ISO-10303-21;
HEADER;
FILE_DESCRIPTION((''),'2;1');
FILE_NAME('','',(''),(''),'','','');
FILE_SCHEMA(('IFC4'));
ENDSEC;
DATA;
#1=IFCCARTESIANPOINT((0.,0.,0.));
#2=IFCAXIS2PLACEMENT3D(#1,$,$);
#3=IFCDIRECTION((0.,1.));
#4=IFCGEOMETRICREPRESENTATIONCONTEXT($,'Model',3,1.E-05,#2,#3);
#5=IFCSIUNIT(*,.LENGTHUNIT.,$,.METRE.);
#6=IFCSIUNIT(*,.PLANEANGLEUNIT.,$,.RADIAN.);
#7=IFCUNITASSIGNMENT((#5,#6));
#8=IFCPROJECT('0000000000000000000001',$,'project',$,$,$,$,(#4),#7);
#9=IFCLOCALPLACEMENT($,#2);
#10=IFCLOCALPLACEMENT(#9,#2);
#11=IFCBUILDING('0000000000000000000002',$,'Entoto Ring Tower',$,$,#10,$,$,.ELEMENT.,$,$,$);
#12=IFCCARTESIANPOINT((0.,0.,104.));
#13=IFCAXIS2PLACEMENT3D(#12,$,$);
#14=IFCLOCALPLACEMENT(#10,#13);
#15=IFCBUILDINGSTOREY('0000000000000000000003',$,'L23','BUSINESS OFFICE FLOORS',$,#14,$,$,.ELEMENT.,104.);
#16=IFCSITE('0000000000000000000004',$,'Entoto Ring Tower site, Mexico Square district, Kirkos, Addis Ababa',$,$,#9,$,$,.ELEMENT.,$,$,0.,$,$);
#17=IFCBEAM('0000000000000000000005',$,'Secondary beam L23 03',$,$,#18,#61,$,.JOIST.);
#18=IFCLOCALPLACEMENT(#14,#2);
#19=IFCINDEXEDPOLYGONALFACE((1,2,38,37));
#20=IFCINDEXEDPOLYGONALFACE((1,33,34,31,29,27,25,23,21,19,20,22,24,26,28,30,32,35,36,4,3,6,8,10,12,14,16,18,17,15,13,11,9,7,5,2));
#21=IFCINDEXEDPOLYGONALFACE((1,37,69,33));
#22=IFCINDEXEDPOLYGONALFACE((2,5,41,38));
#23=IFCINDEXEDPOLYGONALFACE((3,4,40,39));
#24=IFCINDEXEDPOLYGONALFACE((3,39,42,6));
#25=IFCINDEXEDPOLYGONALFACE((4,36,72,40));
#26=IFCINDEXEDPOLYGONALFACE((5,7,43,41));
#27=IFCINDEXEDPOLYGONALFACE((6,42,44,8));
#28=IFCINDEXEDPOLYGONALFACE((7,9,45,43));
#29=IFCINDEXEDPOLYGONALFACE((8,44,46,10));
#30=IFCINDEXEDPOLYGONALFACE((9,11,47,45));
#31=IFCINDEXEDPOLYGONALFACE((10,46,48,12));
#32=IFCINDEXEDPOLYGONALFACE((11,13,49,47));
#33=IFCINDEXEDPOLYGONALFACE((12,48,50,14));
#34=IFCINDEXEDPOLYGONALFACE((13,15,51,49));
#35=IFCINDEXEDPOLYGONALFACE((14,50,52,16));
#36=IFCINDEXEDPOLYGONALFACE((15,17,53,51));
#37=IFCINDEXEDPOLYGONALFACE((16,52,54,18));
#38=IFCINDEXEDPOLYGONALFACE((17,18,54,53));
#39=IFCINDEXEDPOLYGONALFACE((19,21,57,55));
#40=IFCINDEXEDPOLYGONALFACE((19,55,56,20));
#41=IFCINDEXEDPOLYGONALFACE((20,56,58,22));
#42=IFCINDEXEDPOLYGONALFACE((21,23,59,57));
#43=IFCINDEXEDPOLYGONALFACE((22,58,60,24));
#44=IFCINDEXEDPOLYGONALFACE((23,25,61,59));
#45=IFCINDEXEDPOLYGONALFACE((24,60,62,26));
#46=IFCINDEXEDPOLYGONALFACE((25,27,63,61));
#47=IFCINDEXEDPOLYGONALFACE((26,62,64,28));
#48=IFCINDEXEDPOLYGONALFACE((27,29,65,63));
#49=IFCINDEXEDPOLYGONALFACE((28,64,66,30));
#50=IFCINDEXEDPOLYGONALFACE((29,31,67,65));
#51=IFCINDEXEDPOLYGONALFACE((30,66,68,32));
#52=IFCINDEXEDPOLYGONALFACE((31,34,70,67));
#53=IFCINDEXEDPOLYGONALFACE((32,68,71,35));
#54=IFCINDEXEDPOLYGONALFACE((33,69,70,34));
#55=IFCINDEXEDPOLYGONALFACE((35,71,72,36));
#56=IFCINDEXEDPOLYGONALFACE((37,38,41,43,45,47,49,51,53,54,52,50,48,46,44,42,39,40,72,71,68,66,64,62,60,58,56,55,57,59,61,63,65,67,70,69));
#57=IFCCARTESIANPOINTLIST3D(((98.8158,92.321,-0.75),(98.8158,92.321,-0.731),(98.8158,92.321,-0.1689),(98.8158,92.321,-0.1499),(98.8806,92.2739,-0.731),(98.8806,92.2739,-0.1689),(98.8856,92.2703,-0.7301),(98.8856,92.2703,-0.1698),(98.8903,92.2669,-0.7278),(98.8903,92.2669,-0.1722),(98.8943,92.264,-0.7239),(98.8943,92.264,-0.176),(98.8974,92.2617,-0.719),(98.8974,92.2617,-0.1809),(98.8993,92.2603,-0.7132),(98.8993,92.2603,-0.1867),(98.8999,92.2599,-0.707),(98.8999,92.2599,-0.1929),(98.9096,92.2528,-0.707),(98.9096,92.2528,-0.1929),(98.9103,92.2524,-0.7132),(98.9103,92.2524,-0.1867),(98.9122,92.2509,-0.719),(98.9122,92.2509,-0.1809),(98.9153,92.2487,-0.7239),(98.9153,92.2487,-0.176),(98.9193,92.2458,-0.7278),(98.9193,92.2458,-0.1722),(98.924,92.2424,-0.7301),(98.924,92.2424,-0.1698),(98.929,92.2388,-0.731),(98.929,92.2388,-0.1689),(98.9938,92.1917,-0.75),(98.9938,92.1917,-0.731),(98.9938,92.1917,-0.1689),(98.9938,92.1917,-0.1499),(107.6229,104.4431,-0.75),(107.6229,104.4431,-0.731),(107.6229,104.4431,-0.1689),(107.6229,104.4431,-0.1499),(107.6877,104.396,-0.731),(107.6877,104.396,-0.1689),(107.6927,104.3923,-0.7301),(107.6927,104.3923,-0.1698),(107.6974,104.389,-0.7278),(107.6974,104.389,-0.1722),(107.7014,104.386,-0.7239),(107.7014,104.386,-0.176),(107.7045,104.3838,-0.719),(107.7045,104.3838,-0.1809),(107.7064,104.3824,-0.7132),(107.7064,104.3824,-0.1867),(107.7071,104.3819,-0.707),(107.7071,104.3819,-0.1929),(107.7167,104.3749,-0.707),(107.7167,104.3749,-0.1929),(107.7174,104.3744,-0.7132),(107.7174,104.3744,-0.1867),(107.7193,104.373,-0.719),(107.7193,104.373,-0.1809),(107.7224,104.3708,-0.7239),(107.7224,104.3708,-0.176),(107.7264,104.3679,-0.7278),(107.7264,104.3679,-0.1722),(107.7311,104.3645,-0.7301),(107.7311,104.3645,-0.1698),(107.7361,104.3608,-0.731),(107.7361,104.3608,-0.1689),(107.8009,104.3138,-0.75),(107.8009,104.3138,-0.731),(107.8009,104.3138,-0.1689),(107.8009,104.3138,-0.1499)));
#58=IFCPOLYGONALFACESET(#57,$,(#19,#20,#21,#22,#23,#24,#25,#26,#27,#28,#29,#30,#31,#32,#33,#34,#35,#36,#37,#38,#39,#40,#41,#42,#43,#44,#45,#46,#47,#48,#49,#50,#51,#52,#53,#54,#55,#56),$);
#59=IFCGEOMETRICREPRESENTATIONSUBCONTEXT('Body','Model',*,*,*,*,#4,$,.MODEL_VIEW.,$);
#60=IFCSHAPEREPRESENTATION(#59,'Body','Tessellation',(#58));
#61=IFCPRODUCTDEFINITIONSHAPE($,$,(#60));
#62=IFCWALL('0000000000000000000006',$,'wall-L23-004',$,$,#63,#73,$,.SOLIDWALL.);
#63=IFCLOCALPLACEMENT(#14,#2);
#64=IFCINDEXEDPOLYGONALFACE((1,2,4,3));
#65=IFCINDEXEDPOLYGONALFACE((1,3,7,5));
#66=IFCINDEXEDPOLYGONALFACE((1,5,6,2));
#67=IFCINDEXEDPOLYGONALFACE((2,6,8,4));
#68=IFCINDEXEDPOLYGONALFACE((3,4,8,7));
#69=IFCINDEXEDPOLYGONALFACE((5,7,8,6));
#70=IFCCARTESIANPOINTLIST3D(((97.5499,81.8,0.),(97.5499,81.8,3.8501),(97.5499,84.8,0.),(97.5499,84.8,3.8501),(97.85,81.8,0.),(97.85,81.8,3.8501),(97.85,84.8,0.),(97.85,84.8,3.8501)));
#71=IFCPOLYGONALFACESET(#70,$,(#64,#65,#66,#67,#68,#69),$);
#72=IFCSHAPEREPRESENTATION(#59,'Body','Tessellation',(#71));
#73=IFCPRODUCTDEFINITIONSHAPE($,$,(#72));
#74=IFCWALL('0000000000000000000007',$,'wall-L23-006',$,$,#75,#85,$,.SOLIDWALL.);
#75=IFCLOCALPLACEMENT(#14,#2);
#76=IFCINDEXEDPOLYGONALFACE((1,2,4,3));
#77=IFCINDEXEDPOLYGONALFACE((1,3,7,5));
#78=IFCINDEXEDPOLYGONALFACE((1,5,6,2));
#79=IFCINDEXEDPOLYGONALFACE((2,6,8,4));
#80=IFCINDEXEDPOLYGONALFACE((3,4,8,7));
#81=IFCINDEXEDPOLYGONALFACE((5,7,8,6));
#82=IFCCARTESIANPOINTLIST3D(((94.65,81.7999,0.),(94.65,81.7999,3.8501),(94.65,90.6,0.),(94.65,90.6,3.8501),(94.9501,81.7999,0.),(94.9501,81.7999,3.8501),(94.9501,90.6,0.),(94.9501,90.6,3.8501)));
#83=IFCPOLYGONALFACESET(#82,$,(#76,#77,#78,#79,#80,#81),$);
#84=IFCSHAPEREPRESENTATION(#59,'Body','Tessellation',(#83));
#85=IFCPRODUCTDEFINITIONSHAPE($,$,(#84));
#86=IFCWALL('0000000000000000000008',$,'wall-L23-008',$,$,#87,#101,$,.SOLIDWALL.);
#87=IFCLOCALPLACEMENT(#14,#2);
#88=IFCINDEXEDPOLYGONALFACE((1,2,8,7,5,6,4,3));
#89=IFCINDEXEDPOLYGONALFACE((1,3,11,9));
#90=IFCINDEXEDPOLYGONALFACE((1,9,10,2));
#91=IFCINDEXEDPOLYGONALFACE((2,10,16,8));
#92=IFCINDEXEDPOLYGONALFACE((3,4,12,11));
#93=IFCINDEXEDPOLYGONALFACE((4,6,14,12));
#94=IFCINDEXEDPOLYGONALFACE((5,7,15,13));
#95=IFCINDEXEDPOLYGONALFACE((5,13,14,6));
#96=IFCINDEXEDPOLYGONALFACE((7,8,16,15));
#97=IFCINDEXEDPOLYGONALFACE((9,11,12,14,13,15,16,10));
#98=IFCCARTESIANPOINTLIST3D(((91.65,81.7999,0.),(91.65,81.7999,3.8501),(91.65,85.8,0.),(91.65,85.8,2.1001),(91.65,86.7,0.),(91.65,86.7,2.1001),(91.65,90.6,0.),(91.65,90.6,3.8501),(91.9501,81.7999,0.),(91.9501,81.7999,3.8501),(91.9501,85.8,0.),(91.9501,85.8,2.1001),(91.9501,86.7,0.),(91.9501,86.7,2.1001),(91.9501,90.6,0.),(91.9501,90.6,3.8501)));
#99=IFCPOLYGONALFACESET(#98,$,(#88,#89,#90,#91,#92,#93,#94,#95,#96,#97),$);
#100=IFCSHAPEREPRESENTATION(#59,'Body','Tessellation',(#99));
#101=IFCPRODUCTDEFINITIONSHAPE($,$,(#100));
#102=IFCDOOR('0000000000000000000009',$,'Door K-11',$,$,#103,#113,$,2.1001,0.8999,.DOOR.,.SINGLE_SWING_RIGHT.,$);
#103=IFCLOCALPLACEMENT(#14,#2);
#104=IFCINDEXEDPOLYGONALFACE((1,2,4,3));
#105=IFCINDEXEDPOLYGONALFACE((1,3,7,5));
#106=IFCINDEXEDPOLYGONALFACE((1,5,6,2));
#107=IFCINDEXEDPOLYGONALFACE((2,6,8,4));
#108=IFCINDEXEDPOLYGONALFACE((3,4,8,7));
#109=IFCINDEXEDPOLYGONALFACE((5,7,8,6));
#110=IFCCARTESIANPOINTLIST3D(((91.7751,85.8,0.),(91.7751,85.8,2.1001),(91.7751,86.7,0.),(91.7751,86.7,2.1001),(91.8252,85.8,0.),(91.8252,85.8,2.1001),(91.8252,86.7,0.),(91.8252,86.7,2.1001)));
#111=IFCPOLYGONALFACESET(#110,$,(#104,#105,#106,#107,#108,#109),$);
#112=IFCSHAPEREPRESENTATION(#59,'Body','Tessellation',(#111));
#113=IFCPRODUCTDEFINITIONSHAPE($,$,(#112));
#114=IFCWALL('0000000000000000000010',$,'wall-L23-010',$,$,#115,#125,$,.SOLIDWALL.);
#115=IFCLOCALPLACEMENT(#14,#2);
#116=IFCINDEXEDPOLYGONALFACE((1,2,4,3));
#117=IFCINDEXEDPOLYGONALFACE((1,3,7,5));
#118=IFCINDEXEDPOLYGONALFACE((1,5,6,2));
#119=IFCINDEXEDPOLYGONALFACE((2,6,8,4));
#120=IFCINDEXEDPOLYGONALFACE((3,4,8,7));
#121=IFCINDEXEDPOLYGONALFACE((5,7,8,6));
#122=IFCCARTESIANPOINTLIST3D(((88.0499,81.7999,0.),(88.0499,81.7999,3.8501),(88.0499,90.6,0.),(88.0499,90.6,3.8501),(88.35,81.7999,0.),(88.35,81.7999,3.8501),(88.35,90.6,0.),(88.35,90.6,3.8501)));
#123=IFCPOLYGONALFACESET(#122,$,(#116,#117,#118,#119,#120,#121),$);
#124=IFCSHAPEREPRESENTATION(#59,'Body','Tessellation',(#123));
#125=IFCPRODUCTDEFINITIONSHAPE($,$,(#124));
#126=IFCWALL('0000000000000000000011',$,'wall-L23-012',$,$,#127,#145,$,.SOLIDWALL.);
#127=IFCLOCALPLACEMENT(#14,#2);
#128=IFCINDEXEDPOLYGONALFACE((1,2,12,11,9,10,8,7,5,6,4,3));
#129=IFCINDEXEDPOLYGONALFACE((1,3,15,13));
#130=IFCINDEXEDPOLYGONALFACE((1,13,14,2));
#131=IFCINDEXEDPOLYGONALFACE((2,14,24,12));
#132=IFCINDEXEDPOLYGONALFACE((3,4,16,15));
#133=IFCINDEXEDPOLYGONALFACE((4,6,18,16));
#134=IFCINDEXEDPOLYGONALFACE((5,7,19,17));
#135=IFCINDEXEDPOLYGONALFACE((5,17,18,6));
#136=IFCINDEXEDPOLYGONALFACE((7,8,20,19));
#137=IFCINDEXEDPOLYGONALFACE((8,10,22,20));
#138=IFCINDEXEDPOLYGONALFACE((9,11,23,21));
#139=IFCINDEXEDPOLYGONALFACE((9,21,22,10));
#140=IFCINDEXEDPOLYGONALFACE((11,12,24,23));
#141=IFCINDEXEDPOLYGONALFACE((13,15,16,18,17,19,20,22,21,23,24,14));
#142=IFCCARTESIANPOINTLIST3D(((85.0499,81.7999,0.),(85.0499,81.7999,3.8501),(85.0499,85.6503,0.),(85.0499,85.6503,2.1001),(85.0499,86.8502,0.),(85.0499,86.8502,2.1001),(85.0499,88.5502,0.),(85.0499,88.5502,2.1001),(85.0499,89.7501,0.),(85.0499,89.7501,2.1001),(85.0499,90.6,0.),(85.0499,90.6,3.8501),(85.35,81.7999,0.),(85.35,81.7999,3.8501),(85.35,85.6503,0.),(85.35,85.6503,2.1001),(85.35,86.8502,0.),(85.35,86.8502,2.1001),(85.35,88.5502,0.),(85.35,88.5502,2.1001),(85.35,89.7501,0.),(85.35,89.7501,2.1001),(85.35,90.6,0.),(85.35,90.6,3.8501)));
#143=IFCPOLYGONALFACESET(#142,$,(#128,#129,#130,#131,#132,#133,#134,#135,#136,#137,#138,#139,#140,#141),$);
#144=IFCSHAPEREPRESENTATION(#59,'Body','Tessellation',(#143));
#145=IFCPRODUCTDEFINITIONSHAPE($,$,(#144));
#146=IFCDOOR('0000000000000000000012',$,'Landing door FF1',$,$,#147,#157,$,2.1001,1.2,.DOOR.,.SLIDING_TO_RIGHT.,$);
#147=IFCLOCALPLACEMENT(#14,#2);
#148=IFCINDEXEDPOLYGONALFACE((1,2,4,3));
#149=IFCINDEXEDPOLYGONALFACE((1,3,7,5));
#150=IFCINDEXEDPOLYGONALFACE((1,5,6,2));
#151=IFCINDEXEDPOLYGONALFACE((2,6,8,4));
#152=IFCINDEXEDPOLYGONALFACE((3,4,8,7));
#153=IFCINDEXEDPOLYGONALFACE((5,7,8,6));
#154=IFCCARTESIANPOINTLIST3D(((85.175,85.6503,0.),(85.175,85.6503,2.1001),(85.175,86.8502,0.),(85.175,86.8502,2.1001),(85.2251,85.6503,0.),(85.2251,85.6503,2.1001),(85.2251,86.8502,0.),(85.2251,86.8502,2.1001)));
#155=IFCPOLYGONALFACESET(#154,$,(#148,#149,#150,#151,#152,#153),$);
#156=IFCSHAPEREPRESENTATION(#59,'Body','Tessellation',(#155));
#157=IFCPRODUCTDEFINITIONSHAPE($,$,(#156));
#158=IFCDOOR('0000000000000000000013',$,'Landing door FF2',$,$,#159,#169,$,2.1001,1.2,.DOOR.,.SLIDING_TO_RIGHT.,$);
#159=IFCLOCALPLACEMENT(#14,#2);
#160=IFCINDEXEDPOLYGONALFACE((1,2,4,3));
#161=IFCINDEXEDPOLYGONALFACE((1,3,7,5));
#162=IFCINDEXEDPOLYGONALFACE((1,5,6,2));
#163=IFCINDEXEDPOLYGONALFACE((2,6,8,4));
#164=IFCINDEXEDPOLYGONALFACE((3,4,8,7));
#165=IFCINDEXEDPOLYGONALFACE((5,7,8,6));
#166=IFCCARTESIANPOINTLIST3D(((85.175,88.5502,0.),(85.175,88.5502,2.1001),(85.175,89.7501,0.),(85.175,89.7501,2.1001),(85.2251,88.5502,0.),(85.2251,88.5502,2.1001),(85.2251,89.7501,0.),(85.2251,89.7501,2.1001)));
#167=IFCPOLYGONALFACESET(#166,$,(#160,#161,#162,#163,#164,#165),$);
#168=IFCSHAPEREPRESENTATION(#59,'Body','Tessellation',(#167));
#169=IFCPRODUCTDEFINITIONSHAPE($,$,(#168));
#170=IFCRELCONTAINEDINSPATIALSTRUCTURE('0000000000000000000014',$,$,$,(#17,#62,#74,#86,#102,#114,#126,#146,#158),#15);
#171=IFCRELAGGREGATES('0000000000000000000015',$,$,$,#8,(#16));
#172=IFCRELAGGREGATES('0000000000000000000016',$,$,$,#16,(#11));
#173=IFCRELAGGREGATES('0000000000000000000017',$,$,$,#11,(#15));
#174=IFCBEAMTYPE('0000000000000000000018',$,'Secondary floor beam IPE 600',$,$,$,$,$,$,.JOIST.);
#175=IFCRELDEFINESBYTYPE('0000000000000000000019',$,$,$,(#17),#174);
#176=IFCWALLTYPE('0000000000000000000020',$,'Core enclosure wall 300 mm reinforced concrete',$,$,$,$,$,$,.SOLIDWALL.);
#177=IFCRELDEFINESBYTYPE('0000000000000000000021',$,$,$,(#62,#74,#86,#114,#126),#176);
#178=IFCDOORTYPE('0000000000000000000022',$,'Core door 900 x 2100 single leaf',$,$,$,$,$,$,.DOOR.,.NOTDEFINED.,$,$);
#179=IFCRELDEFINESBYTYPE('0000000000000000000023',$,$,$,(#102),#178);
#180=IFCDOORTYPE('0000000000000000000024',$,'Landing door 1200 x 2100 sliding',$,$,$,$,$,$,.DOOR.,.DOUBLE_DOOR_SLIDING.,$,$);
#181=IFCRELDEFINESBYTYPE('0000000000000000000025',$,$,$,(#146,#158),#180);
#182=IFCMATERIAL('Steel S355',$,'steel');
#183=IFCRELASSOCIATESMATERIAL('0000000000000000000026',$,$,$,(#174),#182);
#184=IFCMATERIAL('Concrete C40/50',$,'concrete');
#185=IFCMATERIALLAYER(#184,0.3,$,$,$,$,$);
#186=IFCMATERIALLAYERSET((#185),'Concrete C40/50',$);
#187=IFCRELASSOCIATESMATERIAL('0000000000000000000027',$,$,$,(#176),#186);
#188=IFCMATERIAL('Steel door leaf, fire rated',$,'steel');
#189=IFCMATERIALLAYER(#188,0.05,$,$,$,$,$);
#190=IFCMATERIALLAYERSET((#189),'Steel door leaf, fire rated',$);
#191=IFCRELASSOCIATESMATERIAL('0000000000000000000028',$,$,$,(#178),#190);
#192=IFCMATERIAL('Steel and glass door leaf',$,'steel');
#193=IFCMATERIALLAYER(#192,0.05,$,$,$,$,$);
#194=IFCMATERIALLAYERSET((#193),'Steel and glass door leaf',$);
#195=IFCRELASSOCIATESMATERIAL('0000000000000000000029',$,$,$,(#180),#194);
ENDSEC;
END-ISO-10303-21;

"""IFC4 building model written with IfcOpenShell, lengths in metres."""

from ifc_helpers import new_model, si_unit, direction, frame, frame_2d, origin, origin_2d, place, context, subcontext, project, spatial, rectangle, i_section, extrude, material, layer, layer_set, material_profile, profile_set, type_object, element, fill, save


model = new_model("IFC4")

# Units and contexts
model_context = context("Model", 3, precision=1e-05, world=origin(), true_north=direction((0.0, 1.0)))
body_context = subcontext(model_context, "Body", "Model", "MODEL_VIEW")
ifc_project = project(units=[si_unit("LENGTHUNIT", "METRE"), si_unit("PLANEANGLEUNIT", "RADIAN")], contexts=[model_context])

# Site, building, storey
site_placement = place(None, origin())
site = spatial("IfcSite", under=ifc_project, at=site_placement, Name="Entoto Ring Tower site, Mexico Square district, Kirkos, Addis Ababa", CompositionType="ELEMENT", RefElevation=0.0)
building_placement = place(site_placement, origin())
building = spatial("IfcBuilding", under=site, at=building_placement, Name="Entoto Ring Tower", CompositionType="ELEMENT")
storey_placement = place(building_placement, frame((0.0, 0.0, 104.0)))
storey = spatial("IfcBuildingStorey", under=building, at=storey_placement, Name="L23", Description="BUSINESS OFFICE FLOORS", CompositionType="ELEMENT", Elevation=104.0)

# Beam
ifc_material_1 = material(Name="Steel S355", Category="steel")
ifc_material_profile = material_profile(ifc_material_1, i_section(OverallWidth=0.22, OverallDepth=0.6001, WebThickness=0.012, FlangeThickness=0.019, FilletRadius=0.0239, at=origin_2d()), Name="IPE 600")
ifc_profile_set = profile_set([ifc_material_profile], Name="Steel S355")
beam_type = type_object("IfcBeamType", Name="Secondary floor beam IPE 600", PredefinedType="JOIST", material=ifc_profile_set)
beam_placement = place(storey_placement, frame((98.9048, 92.2563, -0.45), z_axis=(0.587782, 0.809019, 0.0), x_axis=(-0.809019, 0.587782, 0.0)))
element("IfcBeam", 1, at=beam_placement, inside=storey, type_object=beam_type, Name="Secondary beam L23 03", PredefinedType="JOIST", context=body_context, shape_type="SweptSolid", body=[
    extrude(i_section(OverallWidth=0.22, OverallDepth=0.6001, WebThickness=0.012, FlangeThickness=0.019, FilletRadius=0.0239, at=origin_2d()), origin(), (0.0, 0.0, 1.0), 14.9836),
])

# Walls
ifc_material_2 = material(Name="Concrete C40/50", Category="concrete")
ifc_layer_1 = layer(ifc_material_2, 0.3)
ifc_layer_set_1 = layer_set([ifc_layer_1], Name="Concrete C40/50")
wall_type = type_object("IfcWallType", Name="Core enclosure wall 300 mm reinforced concrete", PredefinedType="SOLIDWALL", material=ifc_layer_set_1)
wall_1_placement = place(storey_placement, frame((97.7, 81.8, 0.0), z_axis=(0.0, 0.0, 1.0), x_axis=(0.0, 1.0, 0.0)))
element("IfcWall", 2, at=wall_1_placement, inside=storey, type_object=wall_type, Name="wall-L23-004", PredefinedType="SOLIDWALL", context=body_context, shape_type="SweptSolid", body=[
    extrude(rectangle(XDim=3.0, YDim=0.3, at=frame_2d((1.5, 0.0))), origin(), (0.0, 0.0, 1.0), 3.8501),
])
wall_2_placement = place(storey_placement, frame((94.8, 81.8, 0.0), z_axis=(0.0, 0.0, 1.0), x_axis=(0.0, 1.0, 0.0)))
element("IfcWall", 3, at=wall_2_placement, inside=storey, type_object=wall_type, Name="wall-L23-006", PredefinedType="SOLIDWALL", context=body_context, shape_type="SweptSolid", body=[
    extrude(rectangle(XDim=8.8, YDim=0.3, at=frame_2d((4.3999, 0.0))), origin(), (0.0, 0.0, 1.0), 3.8501),
])

# Wall, opening, door
wall_3_placement = place(storey_placement, frame((91.8, 81.8, 0.0), z_axis=(0.0, 0.0, 1.0), x_axis=(0.0, 1.0, 0.0)))
wall_3 = element("IfcWall", 4, at=wall_3_placement, inside=storey, type_object=wall_type, Name="wall-L23-008", PredefinedType="SOLIDWALL", context=body_context, shape_type="SweptSolid", body=[
    extrude(rectangle(XDim=8.8, YDim=0.3, at=frame_2d((4.3999, 0.0))), origin(), (0.0, 0.0, 1.0), 3.8501),
])
opening_1_placement = place(wall_3_placement, frame((4.0, 0.0, 0.0)))
opening_1 = element("IfcOpeningElement", 5, at=opening_1_placement, cuts=wall_3, PredefinedType="OPENING", context=body_context, shape_type="SweptSolid", body=[
    extrude(rectangle(XDim=0.8999, YDim=2.1001, at=frame_2d((0.45, 1.05))), frame((0.0, 0.1602, 0.0), z_axis=(0.0, -1.0, 0.0), x_axis=(1.0, 0.0, 0.0)), (0.0, 0.0, 1.0), 0.3201),
])
ifc_material_3 = material(Name="Steel door leaf, fire rated", Category="steel")
ifc_layer_2 = layer(ifc_material_3, 0.05)
ifc_layer_set_2 = layer_set([ifc_layer_2], Name="Steel door leaf, fire rated")
door_type_1 = type_object("IfcDoorType", Name="Core door 900 x 2100 single leaf", OperationType="NOTDEFINED", PredefinedType="DOOR", material=ifc_layer_set_2)
door_1_placement = place(opening_1_placement, origin())
door_1 = element("IfcDoor", 6, at=door_1_placement, inside=storey, type_object=door_type_1, Name="Door K-11", OperationType="SINGLE_SWING_RIGHT", OverallHeight=2.1001, OverallWidth=0.8999, PredefinedType="DOOR", context=body_context, shape_type="SweptSolid", body=[
    extrude(rectangle(XDim=0.8999, YDim=2.1001, at=frame_2d((0.45, 1.05))), frame((0.0, 0.0249, 0.0), z_axis=(0.0, -1.0, 0.0), x_axis=(1.0, 0.0, 0.0)), (0.0, 0.0, 1.0), 0.05),
])
fill(opening_1, door_1)

# Wall
wall_4_placement = place(storey_placement, frame((88.2, 81.8, 0.0), z_axis=(0.0, 0.0, 1.0), x_axis=(0.0, 1.0, 0.0)))
element("IfcWall", 7, at=wall_4_placement, inside=storey, type_object=wall_type, Name="wall-L23-010", PredefinedType="SOLIDWALL", context=body_context, shape_type="SweptSolid", body=[
    extrude(rectangle(XDim=8.8, YDim=0.3, at=frame_2d((4.3999, 0.0))), origin(), (0.0, 0.0, 1.0), 3.8501),
])

# Wall, openings, doors
wall_5_placement = place(storey_placement, frame((85.2, 81.8, 0.0), z_axis=(0.0, 0.0, 1.0), x_axis=(0.0, 1.0, 0.0)))
wall_5 = element("IfcWall", 8, at=wall_5_placement, inside=storey, type_object=wall_type, Name="wall-L23-012", PredefinedType="SOLIDWALL", context=body_context, shape_type="SweptSolid", body=[
    extrude(rectangle(XDim=8.8, YDim=0.3, at=frame_2d((4.3999, 0.0))), origin(), (0.0, 0.0, 1.0), 3.8501),
])
opening_2_placement = place(wall_5_placement, frame((3.8501, 0.0, 0.0)))
opening_2 = element("IfcOpeningElement", 9, at=opening_2_placement, cuts=wall_5, PredefinedType="OPENING", context=body_context, shape_type="SweptSolid", body=[
    extrude(rectangle(XDim=1.2, YDim=2.1001, at=frame_2d((0.6001, 1.05))), frame((0.0, 0.1602, 0.0), z_axis=(0.0, -1.0, 0.0), x_axis=(1.0, 0.0, 0.0)), (0.0, 0.0, 1.0), 0.3201),
])
opening_3_placement = place(wall_5_placement, frame((6.75, 0.0, 0.0)))
opening_3 = element("IfcOpeningElement", 10, at=opening_3_placement, cuts=wall_5, PredefinedType="OPENING", context=body_context, shape_type="SweptSolid", body=[
    extrude(rectangle(XDim=1.2, YDim=2.1001, at=frame_2d((0.6001, 1.05))), frame((0.0, 0.1602, 0.0), z_axis=(0.0, -1.0, 0.0), x_axis=(1.0, 0.0, 0.0)), (0.0, 0.0, 1.0), 0.3201),
])
ifc_material_4 = material(Name="Steel and glass door leaf", Category="steel")
ifc_layer_3 = layer(ifc_material_4, 0.05)
ifc_layer_set_3 = layer_set([ifc_layer_3], Name="Steel and glass door leaf")
door_type_2 = type_object("IfcDoorType", Name="Landing door 1200 x 2100 sliding", OperationType="DOUBLE_DOOR_SLIDING", PredefinedType="DOOR", material=ifc_layer_set_3)
door_2_placement = place(opening_2_placement, origin())
door_2 = element("IfcDoor", 11, at=door_2_placement, inside=storey, type_object=door_type_2, Name="Landing door FF1", OperationType="SLIDING_TO_RIGHT", OverallHeight=2.1001, OverallWidth=1.2, PredefinedType="DOOR", context=body_context, shape_type="SweptSolid", body=[
    extrude(rectangle(XDim=1.2, YDim=2.1001, at=frame_2d((0.6001, 1.05))), frame((0.0, 0.0249, 0.0), z_axis=(0.0, -1.0, 0.0), x_axis=(1.0, 0.0, 0.0)), (0.0, 0.0, 1.0), 0.05),
])
fill(opening_2, door_2)
door_3_placement = place(opening_3_placement, origin())
door_3 = element("IfcDoor", 12, at=door_3_placement, inside=storey, type_object=door_type_2, Name="Landing door FF2", OperationType="SLIDING_TO_RIGHT", OverallHeight=2.1001, OverallWidth=1.2, PredefinedType="DOOR", context=body_context, shape_type="SweptSolid", body=[
    extrude(rectangle(XDim=1.2, YDim=2.1001, at=frame_2d((0.6001, 1.05))), frame((0.0, 0.0249, 0.0), z_axis=(0.0, -1.0, 0.0), x_axis=(1.0, 0.0, 0.0)), (0.0, 0.0, 1.0), 0.05),
])
fill(opening_3, door_3)

save(model, "model.ifc")
